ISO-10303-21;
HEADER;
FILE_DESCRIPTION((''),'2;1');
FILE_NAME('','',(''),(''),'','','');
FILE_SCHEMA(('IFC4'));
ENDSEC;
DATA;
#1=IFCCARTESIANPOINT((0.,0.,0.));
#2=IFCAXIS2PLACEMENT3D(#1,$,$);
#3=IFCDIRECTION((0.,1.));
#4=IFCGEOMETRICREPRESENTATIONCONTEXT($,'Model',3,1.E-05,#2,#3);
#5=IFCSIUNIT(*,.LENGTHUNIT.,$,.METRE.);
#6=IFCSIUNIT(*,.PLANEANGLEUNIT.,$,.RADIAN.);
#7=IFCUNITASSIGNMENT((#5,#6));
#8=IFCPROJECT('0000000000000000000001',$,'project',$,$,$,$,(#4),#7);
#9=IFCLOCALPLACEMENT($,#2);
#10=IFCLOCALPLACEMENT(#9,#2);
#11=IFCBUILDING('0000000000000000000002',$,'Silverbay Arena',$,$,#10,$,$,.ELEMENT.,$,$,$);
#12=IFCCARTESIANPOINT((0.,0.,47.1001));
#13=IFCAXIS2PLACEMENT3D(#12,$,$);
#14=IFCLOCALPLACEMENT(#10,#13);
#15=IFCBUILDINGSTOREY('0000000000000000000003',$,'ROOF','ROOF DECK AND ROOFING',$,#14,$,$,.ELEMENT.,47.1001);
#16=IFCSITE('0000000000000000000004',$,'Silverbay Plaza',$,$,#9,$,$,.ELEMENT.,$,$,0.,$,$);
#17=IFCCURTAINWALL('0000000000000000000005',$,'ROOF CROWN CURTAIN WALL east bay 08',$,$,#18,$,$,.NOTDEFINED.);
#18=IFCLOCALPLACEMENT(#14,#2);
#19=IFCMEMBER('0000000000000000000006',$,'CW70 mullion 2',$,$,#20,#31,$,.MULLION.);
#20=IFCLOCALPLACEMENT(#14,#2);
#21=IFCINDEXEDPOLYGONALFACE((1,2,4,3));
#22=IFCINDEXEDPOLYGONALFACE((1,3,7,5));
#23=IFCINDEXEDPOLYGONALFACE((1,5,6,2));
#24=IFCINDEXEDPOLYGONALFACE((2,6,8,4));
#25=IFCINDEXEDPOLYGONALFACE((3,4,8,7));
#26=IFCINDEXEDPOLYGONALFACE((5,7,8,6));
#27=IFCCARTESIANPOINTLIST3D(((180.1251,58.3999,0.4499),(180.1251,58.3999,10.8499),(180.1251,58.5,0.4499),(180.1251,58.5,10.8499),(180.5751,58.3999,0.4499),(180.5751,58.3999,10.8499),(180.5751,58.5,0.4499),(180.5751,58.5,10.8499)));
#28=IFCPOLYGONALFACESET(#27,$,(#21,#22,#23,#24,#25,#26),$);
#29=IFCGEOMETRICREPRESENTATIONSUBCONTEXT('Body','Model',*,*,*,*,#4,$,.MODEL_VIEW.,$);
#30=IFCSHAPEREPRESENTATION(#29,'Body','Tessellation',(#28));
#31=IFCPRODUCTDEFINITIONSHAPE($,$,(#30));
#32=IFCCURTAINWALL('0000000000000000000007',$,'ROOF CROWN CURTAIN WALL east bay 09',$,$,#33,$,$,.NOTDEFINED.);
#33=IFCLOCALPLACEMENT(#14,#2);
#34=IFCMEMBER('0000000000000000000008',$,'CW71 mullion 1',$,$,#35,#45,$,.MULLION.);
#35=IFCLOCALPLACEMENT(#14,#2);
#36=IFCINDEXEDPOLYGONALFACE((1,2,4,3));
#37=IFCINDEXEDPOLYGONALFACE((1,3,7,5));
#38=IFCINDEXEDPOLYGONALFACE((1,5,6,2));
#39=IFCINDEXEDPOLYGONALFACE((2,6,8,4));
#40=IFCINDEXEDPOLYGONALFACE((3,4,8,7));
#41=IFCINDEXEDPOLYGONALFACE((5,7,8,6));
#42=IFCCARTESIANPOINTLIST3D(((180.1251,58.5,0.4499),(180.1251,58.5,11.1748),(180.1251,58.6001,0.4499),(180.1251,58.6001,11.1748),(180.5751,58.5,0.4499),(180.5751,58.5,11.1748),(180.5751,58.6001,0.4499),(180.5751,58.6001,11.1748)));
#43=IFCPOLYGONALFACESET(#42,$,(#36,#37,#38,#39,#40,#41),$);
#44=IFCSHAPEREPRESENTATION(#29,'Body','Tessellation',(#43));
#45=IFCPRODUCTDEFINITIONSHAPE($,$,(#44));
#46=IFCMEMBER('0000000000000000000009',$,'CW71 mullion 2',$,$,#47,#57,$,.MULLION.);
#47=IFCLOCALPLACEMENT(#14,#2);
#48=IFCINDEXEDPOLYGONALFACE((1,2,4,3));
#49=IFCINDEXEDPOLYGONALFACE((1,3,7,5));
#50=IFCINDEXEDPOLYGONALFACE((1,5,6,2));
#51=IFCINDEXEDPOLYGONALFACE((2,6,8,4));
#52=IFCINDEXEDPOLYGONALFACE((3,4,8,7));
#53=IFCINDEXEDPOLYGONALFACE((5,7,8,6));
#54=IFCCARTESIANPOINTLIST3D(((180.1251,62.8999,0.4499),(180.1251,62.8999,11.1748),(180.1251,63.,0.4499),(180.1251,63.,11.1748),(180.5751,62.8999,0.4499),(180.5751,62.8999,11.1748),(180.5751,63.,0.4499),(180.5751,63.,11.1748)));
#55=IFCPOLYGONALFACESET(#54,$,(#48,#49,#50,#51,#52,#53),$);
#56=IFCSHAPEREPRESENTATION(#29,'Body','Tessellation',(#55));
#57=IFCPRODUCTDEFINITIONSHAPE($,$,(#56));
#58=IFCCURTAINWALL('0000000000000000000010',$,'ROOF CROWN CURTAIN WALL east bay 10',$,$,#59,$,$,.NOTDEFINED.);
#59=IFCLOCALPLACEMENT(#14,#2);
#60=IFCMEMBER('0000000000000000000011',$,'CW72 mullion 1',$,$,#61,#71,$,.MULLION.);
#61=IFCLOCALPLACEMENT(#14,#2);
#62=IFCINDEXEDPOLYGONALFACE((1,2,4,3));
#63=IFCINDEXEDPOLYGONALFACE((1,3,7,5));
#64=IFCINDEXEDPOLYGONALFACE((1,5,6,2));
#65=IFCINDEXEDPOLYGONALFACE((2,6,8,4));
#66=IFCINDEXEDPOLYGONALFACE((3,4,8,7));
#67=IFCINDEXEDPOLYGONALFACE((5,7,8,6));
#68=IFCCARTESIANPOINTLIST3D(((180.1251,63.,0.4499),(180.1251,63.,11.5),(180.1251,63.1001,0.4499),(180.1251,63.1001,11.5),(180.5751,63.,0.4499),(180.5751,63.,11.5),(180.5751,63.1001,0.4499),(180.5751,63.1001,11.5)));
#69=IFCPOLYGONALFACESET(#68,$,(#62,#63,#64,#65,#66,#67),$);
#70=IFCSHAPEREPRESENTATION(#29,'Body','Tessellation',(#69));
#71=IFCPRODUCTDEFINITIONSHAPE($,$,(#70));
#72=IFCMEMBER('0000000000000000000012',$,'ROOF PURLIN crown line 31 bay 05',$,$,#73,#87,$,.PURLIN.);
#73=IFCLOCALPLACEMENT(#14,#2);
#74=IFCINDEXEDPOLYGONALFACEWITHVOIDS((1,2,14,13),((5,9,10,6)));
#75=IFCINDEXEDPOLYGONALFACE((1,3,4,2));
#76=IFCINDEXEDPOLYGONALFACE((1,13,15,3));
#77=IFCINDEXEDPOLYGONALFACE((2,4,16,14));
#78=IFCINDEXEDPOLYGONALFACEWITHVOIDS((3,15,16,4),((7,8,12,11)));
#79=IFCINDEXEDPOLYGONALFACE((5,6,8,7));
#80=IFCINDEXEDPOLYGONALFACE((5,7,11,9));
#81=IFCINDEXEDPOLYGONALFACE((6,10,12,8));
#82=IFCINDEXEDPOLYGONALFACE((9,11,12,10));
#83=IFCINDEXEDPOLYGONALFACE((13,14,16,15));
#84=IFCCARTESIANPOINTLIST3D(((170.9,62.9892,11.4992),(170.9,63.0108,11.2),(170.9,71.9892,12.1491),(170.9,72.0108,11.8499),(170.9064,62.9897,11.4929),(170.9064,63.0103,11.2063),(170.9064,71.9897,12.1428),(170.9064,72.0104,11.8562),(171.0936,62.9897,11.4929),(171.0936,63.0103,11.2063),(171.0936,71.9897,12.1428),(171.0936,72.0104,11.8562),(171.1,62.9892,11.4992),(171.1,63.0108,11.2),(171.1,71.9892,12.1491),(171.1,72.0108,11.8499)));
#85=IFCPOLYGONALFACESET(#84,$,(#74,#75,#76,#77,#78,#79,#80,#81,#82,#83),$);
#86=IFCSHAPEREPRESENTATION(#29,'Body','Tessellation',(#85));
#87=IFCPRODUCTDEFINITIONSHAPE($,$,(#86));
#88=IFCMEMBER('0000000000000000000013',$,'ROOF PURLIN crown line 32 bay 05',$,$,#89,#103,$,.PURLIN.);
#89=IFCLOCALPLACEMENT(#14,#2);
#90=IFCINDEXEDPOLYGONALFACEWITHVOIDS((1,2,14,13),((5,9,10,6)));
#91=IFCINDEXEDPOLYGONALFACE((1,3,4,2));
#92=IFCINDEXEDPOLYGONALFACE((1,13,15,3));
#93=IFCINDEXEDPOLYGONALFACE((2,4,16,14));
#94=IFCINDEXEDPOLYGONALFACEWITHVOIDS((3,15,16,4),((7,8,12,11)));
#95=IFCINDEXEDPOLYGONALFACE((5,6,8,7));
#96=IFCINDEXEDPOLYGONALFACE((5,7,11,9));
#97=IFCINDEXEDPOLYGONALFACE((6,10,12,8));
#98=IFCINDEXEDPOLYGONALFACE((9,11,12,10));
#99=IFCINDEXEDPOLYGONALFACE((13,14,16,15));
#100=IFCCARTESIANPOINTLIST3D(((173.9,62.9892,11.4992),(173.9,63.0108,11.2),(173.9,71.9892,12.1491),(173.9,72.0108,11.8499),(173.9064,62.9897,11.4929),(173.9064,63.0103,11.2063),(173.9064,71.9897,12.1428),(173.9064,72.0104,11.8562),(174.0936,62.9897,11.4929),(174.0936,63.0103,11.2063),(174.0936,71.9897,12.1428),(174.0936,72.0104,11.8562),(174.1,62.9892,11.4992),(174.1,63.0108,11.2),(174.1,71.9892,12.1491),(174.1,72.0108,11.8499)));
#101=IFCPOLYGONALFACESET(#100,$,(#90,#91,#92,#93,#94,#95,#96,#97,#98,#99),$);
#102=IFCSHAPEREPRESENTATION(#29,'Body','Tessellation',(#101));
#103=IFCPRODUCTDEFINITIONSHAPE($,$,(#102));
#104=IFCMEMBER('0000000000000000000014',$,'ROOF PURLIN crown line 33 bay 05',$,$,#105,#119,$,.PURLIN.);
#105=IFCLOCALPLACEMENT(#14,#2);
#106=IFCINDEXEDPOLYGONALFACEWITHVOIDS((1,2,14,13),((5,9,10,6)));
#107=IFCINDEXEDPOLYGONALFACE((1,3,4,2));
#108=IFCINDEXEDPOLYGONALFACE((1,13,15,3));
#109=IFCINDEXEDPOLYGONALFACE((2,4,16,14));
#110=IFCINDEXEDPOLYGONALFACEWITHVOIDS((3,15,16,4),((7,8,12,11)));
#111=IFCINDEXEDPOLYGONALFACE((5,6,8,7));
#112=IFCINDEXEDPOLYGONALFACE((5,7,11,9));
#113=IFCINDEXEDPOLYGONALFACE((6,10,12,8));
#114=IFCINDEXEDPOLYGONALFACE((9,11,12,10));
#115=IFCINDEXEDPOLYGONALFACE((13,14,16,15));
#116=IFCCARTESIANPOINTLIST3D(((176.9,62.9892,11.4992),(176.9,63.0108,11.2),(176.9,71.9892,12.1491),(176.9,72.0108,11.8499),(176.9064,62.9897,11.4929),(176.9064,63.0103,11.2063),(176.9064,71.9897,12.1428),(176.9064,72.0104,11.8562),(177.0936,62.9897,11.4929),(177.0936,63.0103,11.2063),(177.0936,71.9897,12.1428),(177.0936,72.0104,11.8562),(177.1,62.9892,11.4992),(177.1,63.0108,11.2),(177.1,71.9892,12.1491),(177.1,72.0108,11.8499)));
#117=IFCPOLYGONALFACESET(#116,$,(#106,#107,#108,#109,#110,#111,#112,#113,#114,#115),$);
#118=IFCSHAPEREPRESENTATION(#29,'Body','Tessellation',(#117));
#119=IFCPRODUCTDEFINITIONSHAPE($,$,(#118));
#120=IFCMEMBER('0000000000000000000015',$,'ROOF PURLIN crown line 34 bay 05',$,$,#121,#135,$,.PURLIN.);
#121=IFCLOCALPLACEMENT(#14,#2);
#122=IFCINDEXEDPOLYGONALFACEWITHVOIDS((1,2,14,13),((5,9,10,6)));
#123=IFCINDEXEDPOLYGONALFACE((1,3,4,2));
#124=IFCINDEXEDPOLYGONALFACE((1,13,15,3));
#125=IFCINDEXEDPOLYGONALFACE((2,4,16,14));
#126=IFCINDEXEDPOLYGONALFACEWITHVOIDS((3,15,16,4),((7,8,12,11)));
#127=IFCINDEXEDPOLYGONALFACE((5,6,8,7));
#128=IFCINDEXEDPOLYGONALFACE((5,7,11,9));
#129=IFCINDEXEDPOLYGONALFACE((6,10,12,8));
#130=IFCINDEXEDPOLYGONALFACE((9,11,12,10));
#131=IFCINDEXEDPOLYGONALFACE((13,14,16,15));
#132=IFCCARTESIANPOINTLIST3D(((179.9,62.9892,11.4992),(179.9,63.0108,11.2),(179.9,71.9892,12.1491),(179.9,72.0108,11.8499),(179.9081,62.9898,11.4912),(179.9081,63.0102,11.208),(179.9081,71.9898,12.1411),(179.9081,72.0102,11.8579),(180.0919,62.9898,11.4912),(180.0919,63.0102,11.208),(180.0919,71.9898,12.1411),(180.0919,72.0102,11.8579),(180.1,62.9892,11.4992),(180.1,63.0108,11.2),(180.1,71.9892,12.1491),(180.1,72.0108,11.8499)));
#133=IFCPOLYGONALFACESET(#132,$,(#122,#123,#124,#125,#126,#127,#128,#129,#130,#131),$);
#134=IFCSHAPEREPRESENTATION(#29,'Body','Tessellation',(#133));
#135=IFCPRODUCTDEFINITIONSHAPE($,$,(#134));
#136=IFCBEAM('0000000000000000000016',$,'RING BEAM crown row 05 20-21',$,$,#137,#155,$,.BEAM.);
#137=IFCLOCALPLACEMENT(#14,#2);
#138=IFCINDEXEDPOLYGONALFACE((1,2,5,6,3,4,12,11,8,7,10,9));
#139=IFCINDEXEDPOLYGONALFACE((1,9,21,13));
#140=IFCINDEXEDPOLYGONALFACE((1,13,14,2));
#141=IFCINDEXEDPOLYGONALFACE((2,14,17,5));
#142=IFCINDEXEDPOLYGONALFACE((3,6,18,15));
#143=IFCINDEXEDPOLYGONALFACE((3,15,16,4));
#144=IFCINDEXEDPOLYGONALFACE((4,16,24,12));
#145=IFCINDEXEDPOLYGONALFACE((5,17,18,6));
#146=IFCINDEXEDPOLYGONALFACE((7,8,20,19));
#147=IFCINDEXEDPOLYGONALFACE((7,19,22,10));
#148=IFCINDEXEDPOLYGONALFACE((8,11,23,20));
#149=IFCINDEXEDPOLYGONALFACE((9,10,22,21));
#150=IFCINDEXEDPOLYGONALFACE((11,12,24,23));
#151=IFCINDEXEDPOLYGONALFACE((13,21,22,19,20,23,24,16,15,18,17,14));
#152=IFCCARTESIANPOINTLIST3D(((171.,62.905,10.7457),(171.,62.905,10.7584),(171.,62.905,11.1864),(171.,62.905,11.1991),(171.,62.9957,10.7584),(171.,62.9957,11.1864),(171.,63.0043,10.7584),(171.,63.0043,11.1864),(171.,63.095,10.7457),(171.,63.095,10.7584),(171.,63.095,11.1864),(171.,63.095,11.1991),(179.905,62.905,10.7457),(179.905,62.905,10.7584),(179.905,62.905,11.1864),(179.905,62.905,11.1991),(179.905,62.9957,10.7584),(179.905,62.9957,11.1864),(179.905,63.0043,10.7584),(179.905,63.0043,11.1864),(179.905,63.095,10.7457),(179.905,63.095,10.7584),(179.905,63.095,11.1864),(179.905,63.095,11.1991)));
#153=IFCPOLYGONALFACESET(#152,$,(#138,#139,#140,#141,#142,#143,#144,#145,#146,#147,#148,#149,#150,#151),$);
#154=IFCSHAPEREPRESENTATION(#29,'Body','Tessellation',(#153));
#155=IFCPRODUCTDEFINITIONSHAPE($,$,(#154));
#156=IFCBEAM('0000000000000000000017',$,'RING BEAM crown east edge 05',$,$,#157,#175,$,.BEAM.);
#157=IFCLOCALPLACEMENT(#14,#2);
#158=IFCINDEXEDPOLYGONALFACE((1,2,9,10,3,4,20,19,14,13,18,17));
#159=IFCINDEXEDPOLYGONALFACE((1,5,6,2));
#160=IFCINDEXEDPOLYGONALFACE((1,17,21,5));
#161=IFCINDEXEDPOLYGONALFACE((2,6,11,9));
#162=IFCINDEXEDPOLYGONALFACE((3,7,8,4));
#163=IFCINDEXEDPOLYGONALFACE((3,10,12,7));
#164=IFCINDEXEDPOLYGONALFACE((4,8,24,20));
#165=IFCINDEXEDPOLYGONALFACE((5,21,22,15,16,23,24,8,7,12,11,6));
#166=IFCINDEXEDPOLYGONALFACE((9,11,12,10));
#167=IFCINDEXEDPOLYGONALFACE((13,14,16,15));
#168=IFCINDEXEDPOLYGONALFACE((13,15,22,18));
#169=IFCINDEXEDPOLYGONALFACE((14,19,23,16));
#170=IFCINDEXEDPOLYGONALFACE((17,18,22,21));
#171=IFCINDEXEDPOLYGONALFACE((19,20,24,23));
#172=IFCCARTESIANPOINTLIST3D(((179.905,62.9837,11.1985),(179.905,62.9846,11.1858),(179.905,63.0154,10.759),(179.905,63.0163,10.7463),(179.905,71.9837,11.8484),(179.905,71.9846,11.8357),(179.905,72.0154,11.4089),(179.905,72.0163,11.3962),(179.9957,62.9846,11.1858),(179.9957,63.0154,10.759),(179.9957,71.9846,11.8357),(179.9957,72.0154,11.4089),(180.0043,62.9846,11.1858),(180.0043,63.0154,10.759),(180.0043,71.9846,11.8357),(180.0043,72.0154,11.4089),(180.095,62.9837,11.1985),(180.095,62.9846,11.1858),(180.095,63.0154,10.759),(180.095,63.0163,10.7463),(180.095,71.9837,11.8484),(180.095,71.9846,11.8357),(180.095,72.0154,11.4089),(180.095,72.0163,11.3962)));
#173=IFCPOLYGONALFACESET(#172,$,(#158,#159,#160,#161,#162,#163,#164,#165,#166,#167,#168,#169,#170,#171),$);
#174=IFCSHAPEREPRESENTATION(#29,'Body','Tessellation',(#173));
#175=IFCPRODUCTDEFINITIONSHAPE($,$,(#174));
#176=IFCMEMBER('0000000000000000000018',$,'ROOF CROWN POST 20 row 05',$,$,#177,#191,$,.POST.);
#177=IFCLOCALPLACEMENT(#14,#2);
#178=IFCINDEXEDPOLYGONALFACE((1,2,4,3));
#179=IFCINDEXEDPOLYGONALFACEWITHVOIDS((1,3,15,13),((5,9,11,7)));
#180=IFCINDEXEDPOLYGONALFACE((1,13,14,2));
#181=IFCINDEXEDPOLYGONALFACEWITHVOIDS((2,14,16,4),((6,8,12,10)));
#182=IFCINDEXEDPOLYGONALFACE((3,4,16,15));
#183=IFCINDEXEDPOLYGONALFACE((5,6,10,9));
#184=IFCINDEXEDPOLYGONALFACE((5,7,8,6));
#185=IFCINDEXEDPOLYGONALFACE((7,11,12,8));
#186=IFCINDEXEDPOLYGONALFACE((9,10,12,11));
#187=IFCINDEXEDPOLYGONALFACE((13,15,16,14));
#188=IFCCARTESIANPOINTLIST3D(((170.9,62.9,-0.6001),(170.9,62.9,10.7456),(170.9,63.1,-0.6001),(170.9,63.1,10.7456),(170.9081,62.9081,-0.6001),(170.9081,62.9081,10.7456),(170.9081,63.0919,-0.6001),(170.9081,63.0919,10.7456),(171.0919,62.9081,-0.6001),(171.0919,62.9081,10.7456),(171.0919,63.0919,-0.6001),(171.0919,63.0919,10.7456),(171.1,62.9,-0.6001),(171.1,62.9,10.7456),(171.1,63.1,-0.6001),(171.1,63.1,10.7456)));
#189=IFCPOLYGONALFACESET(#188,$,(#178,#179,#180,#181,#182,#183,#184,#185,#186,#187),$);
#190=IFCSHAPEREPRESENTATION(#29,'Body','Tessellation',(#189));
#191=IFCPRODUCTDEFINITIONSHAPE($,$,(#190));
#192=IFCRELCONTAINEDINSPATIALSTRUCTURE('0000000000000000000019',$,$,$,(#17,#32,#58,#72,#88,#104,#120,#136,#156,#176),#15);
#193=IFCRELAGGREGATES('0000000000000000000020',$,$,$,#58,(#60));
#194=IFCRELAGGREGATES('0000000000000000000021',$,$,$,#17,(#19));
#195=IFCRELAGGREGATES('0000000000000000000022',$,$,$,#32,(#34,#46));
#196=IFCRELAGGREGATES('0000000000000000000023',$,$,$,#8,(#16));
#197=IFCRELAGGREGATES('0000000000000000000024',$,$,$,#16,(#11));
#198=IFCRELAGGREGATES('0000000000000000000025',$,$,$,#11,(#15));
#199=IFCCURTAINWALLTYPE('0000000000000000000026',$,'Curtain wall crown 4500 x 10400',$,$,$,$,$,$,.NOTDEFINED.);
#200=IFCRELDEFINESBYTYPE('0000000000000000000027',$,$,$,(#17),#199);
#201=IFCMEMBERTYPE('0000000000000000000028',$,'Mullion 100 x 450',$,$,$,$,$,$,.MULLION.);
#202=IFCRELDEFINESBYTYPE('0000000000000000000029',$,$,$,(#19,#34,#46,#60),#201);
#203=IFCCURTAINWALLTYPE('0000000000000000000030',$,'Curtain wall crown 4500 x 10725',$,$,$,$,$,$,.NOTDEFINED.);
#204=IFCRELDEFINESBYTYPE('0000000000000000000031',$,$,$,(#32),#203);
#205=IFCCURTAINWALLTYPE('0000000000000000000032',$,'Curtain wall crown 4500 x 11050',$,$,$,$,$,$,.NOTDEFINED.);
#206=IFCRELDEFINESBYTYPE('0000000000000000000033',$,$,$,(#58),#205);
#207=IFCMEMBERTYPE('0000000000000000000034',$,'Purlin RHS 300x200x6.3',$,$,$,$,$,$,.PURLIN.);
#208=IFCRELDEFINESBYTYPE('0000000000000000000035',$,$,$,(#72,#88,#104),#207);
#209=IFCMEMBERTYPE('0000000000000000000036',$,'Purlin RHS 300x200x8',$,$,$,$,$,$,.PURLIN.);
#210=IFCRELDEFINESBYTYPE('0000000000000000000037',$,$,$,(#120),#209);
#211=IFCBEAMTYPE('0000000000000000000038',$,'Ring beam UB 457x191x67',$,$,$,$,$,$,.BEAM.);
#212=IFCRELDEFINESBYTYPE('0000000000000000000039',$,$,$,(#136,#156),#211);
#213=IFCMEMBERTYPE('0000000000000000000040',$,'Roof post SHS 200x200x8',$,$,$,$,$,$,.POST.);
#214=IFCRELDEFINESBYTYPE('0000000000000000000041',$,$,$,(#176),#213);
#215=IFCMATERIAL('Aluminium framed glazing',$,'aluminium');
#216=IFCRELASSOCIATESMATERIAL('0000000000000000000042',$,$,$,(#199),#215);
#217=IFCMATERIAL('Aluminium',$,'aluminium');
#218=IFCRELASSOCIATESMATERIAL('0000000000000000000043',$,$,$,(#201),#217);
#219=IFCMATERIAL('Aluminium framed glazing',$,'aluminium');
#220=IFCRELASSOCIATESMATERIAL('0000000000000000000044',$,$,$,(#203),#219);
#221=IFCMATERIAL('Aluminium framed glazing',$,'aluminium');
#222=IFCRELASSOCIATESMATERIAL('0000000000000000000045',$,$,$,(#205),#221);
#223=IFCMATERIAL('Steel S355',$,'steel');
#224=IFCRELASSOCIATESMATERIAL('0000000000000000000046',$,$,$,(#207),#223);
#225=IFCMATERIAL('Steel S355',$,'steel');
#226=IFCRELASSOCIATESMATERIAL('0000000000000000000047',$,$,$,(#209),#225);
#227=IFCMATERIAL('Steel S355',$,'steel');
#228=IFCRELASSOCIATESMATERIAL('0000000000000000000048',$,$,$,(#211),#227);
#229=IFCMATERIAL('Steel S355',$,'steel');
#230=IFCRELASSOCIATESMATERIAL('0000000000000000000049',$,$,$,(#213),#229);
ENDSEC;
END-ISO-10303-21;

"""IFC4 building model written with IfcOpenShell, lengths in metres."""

from ifc_helpers import new_model, si_unit, direction, frame, origin, origin_2d, place, context, subcontext, project, spatial, rectangle, hollow_rectangle, i_section, extrude, material, material_profile, profile_set, type_object, element, aggregate, save


model = new_model("IFC4")

# Units and contexts
model_context = context("Model", 3, precision=1e-05, world=origin(), true_north=direction((0.0, 1.0)))
body_context = subcontext(model_context, "Body", "Model", "MODEL_VIEW")
ifc_project = project(units=[si_unit("LENGTHUNIT", "METRE"), si_unit("PLANEANGLEUNIT", "RADIAN")], contexts=[model_context])

# Site, building, storey
site_placement = place(None, origin())
site = spatial("IfcSite", under=ifc_project, at=site_placement, Name="Silverbay Plaza", CompositionType="ELEMENT", RefElevation=0.0)
building_placement = place(site_placement, origin())
building = spatial("IfcBuilding", under=site, at=building_placement, Name="Silverbay Arena", CompositionType="ELEMENT")
storey_placement = place(building_placement, frame((0.0, 0.0, 47.1001)))
storey = spatial("IfcBuildingStorey", under=building, at=storey_placement, Name="ROOF", Description="ROOF DECK AND ROOFING", CompositionType="ELEMENT", Elevation=47.1001)

# Curtain wall, member
ifc_material_1 = material(Name="Aluminium framed glazing", Category="aluminium")
curtain_wall_type_1 = type_object("IfcCurtainWallType", Name="Curtain wall crown 4500 x 10400", PredefinedType="NOTDEFINED", material=ifc_material_1)
curtain_wall_1_placement = place(storey_placement, origin())
curtain_wall_1 = element("IfcCurtainWall", 1, at=curtain_wall_1_placement, inside=storey, type_object=curtain_wall_type_1, Name="ROOF CROWN CURTAIN WALL east bay 08", PredefinedType="NOTDEFINED")
ifc_material_2 = material(Name="Aluminium", Category="aluminium")
ifc_material_profile_1 = material_profile(ifc_material_2, rectangle(XDim=0.45, YDim=0.1001, at=origin_2d()), Name="Mullion 100 x 450")
ifc_profile_set_1 = profile_set([ifc_material_profile_1], Name="Aluminium")
member_type_1 = type_object("IfcMemberType", Name="Mullion 100 x 450", PredefinedType="MULLION", material=ifc_profile_set_1)
placement = place(building_placement, frame((0.0, 0.0, 33.5)))
member_1_placement = place(placement, frame((180.3501, 58.45, 14.05), z_axis=(0.0, 0.0, 1.0), x_axis=(-1.0, 0.0, 0.0)))
member_1 = element("IfcMember", 2, at=member_1_placement, type_object=member_type_1, Name="CW70 mullion 2", PredefinedType="MULLION", context=body_context, shape_type="SweptSolid", body=[
    extrude(rectangle(XDim=0.45, YDim=0.1001, at=origin_2d()), origin(), (0.0, 0.0, 1.0), 10.3999),
])

# Curtain wall, members
ifc_material_3 = material(Name="Aluminium framed glazing", Category="aluminium")
curtain_wall_type_2 = type_object("IfcCurtainWallType", Name="Curtain wall crown 4500 x 10725", PredefinedType="NOTDEFINED", material=ifc_material_3)
curtain_wall_2_placement = place(storey_placement, origin())
curtain_wall_2 = element("IfcCurtainWall", 3, at=curtain_wall_2_placement, inside=storey, type_object=curtain_wall_type_2, Name="ROOF CROWN CURTAIN WALL east bay 09", PredefinedType="NOTDEFINED")
member_2_placement = place(placement, frame((180.3501, 58.55, 14.05), z_axis=(0.0, 0.0, 1.0), x_axis=(-1.0, 0.0, 0.0)))
member_2 = element("IfcMember", 4, at=member_2_placement, type_object=member_type_1, Name="CW71 mullion 1", PredefinedType="MULLION", context=body_context, shape_type="SweptSolid", body=[
    extrude(rectangle(XDim=0.45, YDim=0.1001, at=origin_2d()), origin(), (0.0, 0.0, 1.0), 10.7249),
])
member_3_placement = place(placement, frame((180.3501, 62.95, 14.05), z_axis=(0.0, 0.0, 1.0), x_axis=(-1.0, 0.0, 0.0)))
member_3 = element("IfcMember", 5, at=member_3_placement, type_object=member_type_1, Name="CW71 mullion 2", PredefinedType="MULLION", context=body_context, shape_type="SweptSolid", body=[
    extrude(rectangle(XDim=0.45, YDim=0.1001, at=origin_2d()), origin(), (0.0, 0.0, 1.0), 10.7249),
])

# Curtain wall, member
ifc_material_4 = material(Name="Aluminium framed glazing", Category="aluminium")
curtain_wall_type_3 = type_object("IfcCurtainWallType", Name="Curtain wall crown 4500 x 11050", PredefinedType="NOTDEFINED", material=ifc_material_4)
curtain_wall_3_placement = place(storey_placement, origin())
curtain_wall_3 = element("IfcCurtainWall", 6, at=curtain_wall_3_placement, inside=storey, type_object=curtain_wall_type_3, Name="ROOF CROWN CURTAIN WALL east bay 10", PredefinedType="NOTDEFINED")
member_4_placement = place(placement, frame((180.3501, 63.05, 14.05), z_axis=(0.0, 0.0, 1.0), x_axis=(-1.0, 0.0, 0.0)))
member_4 = element("IfcMember", 7, at=member_4_placement, type_object=member_type_1, Name="CW72 mullion 1", PredefinedType="MULLION", context=body_context, shape_type="SweptSolid", body=[
    extrude(rectangle(XDim=0.45, YDim=0.1001, at=origin_2d()), origin(), (0.0, 0.0, 1.0), 11.05),
])

# Members
ifc_material_5 = material(Name="Steel S355", Category="steel")
ifc_material_profile_2 = material_profile(ifc_material_5, hollow_rectangle(XDim=0.2, YDim=0.3, WallThickness=0.0063, at=origin_2d()), Name="RHS 300x200x6.3")
ifc_profile_set_2 = profile_set([ifc_material_profile_2], Name="Steel S355")
member_type_2 = type_object("IfcMemberType", Name="Purlin RHS 300x200x6.3", PredefinedType="PURLIN", material=ifc_profile_set_2)
for number, where, z_axis, x_axis, name in (
    (8, (171.0, 63.0, 11.3496), (0.0, 0.997403, 0.072024), (-1.0, 0.0, 0.0), "ROOF PURLIN crown line 31 bay 05"),
    (9, (174.0, 63.0, 11.3496), (0.0, 0.997403, 0.072024), (-1.0, 0.0, 0.0), "ROOF PURLIN crown line 32 bay 05"),
    (10, (177.0, 63.0, 11.3496), (0.0, 0.997403, 0.072024), (-1.0, 0.0, 0.0), "ROOF PURLIN crown line 33 bay 05"),
):
    element("IfcMember", number, at=place(storey_placement, frame(where, z_axis=z_axis, x_axis=x_axis)), inside=storey, type_object=member_type_2, Name=name, PredefinedType="PURLIN", context=body_context, shape_type="SweptSolid", body=[
        extrude(hollow_rectangle(XDim=0.2, YDim=0.3, WallThickness=0.0063, at=origin_2d()), origin(), (0.0, 0.0, 1.0), 9.0234),
    ])
ifc_material_6 = material(Name="Steel S355", Category="steel")
ifc_material_profile_3 = material_profile(ifc_material_6, hollow_rectangle(XDim=0.2, YDim=0.3, WallThickness=0.0081, at=origin_2d()), Name="RHS 300x200x8")
ifc_profile_set_3 = profile_set([ifc_material_profile_3], Name="Steel S355")
member_type_3 = type_object("IfcMemberType", Name="Purlin RHS 300x200x8", PredefinedType="PURLIN", material=ifc_profile_set_3)
member_5_placement = place(storey_placement, frame((180.0, 63.0, 11.3496), z_axis=(0.0, 0.997403, 0.072024), x_axis=(-1.0, 0.0, 0.0)))
element("IfcMember", 11, at=member_5_placement, inside=storey, type_object=member_type_3, Name="ROOF PURLIN crown line 34 bay 05", PredefinedType="PURLIN", context=body_context, shape_type="SweptSolid", body=[
    extrude(hollow_rectangle(XDim=0.2, YDim=0.3, WallThickness=0.0081, at=origin_2d()), origin(), (0.0, 0.0, 1.0), 9.0234),
])

# Beams
ifc_material_7 = material(Name="Steel S355", Category="steel")
ifc_material_profile_4 = material_profile(ifc_material_7, i_section(OverallWidth=0.1899, OverallDepth=0.4534, WebThickness=0.0085, FlangeThickness=0.0127, at=origin_2d()), Name="UB 457x191x67")
ifc_profile_set_4 = profile_set([ifc_material_profile_4], Name="Steel S355")
beam_type = type_object("IfcBeamType", Name="Ring beam UB 457x191x67", PredefinedType="BEAM", material=ifc_profile_set_4)
beam_1_placement = place(storey_placement, frame((171.0, 63.0, 10.9724), z_axis=(1.0, 0.0, 0.0), x_axis=(0.0, 1.0, 0.0)))
element("IfcBeam", 12, at=beam_1_placement, inside=storey, type_object=beam_type, Name="RING BEAM crown row 05 20-21", PredefinedType="BEAM", context=body_context, shape_type="SweptSolid", body=[
    extrude(i_section(OverallWidth=0.1899, OverallDepth=0.4534, WebThickness=0.0085, FlangeThickness=0.0127, at=origin_2d()), origin(), (0.0, 0.0, 1.0), 8.905),
])
beam_2_placement = place(storey_placement, frame((180.0, 63.0, 10.9724), z_axis=(0.0, 0.997403, 0.072024), x_axis=(-1.0, 0.0, 0.0)))
element("IfcBeam", 13, at=beam_2_placement, inside=storey, type_object=beam_type, Name="RING BEAM crown east edge 05", PredefinedType="BEAM", context=body_context, shape_type="SweptSolid", body=[
    extrude(i_section(OverallWidth=0.1899, OverallDepth=0.4534, WebThickness=0.0085, FlangeThickness=0.0127, at=origin_2d()), origin(), (0.0, 0.0, 1.0), 9.0234),
])

# Member
ifc_material_8 = material(Name="Steel S355", Category="steel")
ifc_material_profile_5 = material_profile(ifc_material_8, hollow_rectangle(XDim=0.2, YDim=0.2, WallThickness=0.0081, at=origin_2d()), Name="SHS 200x200x8")
ifc_profile_set_5 = profile_set([ifc_material_profile_5], Name="Steel S355")
member_type_4 = type_object("IfcMemberType", Name="Roof post SHS 200x200x8", PredefinedType="POST", material=ifc_profile_set_5)
member_6_placement = place(storey_placement, frame((171.0, 63.0, -0.6001), z_axis=(0.0, 0.0, 1.0), x_axis=(1.0, 0.0, 0.0)))
element("IfcMember", 14, at=member_6_placement, inside=storey, type_object=member_type_4, Name="ROOF CROWN POST 20 row 05", PredefinedType="POST", context=body_context, shape_type="SweptSolid", body=[
    extrude(hollow_rectangle(XDim=0.2, YDim=0.2, WallThickness=0.0081, at=origin_2d()), origin(), (0.0, 0.0, 1.0), 11.3457),
])

aggregate(curtain_wall_3, [member_4])

aggregate(curtain_wall_1, [member_1])
aggregate(curtain_wall_2, [member_2, member_3])

save(model, "model.ifc")
